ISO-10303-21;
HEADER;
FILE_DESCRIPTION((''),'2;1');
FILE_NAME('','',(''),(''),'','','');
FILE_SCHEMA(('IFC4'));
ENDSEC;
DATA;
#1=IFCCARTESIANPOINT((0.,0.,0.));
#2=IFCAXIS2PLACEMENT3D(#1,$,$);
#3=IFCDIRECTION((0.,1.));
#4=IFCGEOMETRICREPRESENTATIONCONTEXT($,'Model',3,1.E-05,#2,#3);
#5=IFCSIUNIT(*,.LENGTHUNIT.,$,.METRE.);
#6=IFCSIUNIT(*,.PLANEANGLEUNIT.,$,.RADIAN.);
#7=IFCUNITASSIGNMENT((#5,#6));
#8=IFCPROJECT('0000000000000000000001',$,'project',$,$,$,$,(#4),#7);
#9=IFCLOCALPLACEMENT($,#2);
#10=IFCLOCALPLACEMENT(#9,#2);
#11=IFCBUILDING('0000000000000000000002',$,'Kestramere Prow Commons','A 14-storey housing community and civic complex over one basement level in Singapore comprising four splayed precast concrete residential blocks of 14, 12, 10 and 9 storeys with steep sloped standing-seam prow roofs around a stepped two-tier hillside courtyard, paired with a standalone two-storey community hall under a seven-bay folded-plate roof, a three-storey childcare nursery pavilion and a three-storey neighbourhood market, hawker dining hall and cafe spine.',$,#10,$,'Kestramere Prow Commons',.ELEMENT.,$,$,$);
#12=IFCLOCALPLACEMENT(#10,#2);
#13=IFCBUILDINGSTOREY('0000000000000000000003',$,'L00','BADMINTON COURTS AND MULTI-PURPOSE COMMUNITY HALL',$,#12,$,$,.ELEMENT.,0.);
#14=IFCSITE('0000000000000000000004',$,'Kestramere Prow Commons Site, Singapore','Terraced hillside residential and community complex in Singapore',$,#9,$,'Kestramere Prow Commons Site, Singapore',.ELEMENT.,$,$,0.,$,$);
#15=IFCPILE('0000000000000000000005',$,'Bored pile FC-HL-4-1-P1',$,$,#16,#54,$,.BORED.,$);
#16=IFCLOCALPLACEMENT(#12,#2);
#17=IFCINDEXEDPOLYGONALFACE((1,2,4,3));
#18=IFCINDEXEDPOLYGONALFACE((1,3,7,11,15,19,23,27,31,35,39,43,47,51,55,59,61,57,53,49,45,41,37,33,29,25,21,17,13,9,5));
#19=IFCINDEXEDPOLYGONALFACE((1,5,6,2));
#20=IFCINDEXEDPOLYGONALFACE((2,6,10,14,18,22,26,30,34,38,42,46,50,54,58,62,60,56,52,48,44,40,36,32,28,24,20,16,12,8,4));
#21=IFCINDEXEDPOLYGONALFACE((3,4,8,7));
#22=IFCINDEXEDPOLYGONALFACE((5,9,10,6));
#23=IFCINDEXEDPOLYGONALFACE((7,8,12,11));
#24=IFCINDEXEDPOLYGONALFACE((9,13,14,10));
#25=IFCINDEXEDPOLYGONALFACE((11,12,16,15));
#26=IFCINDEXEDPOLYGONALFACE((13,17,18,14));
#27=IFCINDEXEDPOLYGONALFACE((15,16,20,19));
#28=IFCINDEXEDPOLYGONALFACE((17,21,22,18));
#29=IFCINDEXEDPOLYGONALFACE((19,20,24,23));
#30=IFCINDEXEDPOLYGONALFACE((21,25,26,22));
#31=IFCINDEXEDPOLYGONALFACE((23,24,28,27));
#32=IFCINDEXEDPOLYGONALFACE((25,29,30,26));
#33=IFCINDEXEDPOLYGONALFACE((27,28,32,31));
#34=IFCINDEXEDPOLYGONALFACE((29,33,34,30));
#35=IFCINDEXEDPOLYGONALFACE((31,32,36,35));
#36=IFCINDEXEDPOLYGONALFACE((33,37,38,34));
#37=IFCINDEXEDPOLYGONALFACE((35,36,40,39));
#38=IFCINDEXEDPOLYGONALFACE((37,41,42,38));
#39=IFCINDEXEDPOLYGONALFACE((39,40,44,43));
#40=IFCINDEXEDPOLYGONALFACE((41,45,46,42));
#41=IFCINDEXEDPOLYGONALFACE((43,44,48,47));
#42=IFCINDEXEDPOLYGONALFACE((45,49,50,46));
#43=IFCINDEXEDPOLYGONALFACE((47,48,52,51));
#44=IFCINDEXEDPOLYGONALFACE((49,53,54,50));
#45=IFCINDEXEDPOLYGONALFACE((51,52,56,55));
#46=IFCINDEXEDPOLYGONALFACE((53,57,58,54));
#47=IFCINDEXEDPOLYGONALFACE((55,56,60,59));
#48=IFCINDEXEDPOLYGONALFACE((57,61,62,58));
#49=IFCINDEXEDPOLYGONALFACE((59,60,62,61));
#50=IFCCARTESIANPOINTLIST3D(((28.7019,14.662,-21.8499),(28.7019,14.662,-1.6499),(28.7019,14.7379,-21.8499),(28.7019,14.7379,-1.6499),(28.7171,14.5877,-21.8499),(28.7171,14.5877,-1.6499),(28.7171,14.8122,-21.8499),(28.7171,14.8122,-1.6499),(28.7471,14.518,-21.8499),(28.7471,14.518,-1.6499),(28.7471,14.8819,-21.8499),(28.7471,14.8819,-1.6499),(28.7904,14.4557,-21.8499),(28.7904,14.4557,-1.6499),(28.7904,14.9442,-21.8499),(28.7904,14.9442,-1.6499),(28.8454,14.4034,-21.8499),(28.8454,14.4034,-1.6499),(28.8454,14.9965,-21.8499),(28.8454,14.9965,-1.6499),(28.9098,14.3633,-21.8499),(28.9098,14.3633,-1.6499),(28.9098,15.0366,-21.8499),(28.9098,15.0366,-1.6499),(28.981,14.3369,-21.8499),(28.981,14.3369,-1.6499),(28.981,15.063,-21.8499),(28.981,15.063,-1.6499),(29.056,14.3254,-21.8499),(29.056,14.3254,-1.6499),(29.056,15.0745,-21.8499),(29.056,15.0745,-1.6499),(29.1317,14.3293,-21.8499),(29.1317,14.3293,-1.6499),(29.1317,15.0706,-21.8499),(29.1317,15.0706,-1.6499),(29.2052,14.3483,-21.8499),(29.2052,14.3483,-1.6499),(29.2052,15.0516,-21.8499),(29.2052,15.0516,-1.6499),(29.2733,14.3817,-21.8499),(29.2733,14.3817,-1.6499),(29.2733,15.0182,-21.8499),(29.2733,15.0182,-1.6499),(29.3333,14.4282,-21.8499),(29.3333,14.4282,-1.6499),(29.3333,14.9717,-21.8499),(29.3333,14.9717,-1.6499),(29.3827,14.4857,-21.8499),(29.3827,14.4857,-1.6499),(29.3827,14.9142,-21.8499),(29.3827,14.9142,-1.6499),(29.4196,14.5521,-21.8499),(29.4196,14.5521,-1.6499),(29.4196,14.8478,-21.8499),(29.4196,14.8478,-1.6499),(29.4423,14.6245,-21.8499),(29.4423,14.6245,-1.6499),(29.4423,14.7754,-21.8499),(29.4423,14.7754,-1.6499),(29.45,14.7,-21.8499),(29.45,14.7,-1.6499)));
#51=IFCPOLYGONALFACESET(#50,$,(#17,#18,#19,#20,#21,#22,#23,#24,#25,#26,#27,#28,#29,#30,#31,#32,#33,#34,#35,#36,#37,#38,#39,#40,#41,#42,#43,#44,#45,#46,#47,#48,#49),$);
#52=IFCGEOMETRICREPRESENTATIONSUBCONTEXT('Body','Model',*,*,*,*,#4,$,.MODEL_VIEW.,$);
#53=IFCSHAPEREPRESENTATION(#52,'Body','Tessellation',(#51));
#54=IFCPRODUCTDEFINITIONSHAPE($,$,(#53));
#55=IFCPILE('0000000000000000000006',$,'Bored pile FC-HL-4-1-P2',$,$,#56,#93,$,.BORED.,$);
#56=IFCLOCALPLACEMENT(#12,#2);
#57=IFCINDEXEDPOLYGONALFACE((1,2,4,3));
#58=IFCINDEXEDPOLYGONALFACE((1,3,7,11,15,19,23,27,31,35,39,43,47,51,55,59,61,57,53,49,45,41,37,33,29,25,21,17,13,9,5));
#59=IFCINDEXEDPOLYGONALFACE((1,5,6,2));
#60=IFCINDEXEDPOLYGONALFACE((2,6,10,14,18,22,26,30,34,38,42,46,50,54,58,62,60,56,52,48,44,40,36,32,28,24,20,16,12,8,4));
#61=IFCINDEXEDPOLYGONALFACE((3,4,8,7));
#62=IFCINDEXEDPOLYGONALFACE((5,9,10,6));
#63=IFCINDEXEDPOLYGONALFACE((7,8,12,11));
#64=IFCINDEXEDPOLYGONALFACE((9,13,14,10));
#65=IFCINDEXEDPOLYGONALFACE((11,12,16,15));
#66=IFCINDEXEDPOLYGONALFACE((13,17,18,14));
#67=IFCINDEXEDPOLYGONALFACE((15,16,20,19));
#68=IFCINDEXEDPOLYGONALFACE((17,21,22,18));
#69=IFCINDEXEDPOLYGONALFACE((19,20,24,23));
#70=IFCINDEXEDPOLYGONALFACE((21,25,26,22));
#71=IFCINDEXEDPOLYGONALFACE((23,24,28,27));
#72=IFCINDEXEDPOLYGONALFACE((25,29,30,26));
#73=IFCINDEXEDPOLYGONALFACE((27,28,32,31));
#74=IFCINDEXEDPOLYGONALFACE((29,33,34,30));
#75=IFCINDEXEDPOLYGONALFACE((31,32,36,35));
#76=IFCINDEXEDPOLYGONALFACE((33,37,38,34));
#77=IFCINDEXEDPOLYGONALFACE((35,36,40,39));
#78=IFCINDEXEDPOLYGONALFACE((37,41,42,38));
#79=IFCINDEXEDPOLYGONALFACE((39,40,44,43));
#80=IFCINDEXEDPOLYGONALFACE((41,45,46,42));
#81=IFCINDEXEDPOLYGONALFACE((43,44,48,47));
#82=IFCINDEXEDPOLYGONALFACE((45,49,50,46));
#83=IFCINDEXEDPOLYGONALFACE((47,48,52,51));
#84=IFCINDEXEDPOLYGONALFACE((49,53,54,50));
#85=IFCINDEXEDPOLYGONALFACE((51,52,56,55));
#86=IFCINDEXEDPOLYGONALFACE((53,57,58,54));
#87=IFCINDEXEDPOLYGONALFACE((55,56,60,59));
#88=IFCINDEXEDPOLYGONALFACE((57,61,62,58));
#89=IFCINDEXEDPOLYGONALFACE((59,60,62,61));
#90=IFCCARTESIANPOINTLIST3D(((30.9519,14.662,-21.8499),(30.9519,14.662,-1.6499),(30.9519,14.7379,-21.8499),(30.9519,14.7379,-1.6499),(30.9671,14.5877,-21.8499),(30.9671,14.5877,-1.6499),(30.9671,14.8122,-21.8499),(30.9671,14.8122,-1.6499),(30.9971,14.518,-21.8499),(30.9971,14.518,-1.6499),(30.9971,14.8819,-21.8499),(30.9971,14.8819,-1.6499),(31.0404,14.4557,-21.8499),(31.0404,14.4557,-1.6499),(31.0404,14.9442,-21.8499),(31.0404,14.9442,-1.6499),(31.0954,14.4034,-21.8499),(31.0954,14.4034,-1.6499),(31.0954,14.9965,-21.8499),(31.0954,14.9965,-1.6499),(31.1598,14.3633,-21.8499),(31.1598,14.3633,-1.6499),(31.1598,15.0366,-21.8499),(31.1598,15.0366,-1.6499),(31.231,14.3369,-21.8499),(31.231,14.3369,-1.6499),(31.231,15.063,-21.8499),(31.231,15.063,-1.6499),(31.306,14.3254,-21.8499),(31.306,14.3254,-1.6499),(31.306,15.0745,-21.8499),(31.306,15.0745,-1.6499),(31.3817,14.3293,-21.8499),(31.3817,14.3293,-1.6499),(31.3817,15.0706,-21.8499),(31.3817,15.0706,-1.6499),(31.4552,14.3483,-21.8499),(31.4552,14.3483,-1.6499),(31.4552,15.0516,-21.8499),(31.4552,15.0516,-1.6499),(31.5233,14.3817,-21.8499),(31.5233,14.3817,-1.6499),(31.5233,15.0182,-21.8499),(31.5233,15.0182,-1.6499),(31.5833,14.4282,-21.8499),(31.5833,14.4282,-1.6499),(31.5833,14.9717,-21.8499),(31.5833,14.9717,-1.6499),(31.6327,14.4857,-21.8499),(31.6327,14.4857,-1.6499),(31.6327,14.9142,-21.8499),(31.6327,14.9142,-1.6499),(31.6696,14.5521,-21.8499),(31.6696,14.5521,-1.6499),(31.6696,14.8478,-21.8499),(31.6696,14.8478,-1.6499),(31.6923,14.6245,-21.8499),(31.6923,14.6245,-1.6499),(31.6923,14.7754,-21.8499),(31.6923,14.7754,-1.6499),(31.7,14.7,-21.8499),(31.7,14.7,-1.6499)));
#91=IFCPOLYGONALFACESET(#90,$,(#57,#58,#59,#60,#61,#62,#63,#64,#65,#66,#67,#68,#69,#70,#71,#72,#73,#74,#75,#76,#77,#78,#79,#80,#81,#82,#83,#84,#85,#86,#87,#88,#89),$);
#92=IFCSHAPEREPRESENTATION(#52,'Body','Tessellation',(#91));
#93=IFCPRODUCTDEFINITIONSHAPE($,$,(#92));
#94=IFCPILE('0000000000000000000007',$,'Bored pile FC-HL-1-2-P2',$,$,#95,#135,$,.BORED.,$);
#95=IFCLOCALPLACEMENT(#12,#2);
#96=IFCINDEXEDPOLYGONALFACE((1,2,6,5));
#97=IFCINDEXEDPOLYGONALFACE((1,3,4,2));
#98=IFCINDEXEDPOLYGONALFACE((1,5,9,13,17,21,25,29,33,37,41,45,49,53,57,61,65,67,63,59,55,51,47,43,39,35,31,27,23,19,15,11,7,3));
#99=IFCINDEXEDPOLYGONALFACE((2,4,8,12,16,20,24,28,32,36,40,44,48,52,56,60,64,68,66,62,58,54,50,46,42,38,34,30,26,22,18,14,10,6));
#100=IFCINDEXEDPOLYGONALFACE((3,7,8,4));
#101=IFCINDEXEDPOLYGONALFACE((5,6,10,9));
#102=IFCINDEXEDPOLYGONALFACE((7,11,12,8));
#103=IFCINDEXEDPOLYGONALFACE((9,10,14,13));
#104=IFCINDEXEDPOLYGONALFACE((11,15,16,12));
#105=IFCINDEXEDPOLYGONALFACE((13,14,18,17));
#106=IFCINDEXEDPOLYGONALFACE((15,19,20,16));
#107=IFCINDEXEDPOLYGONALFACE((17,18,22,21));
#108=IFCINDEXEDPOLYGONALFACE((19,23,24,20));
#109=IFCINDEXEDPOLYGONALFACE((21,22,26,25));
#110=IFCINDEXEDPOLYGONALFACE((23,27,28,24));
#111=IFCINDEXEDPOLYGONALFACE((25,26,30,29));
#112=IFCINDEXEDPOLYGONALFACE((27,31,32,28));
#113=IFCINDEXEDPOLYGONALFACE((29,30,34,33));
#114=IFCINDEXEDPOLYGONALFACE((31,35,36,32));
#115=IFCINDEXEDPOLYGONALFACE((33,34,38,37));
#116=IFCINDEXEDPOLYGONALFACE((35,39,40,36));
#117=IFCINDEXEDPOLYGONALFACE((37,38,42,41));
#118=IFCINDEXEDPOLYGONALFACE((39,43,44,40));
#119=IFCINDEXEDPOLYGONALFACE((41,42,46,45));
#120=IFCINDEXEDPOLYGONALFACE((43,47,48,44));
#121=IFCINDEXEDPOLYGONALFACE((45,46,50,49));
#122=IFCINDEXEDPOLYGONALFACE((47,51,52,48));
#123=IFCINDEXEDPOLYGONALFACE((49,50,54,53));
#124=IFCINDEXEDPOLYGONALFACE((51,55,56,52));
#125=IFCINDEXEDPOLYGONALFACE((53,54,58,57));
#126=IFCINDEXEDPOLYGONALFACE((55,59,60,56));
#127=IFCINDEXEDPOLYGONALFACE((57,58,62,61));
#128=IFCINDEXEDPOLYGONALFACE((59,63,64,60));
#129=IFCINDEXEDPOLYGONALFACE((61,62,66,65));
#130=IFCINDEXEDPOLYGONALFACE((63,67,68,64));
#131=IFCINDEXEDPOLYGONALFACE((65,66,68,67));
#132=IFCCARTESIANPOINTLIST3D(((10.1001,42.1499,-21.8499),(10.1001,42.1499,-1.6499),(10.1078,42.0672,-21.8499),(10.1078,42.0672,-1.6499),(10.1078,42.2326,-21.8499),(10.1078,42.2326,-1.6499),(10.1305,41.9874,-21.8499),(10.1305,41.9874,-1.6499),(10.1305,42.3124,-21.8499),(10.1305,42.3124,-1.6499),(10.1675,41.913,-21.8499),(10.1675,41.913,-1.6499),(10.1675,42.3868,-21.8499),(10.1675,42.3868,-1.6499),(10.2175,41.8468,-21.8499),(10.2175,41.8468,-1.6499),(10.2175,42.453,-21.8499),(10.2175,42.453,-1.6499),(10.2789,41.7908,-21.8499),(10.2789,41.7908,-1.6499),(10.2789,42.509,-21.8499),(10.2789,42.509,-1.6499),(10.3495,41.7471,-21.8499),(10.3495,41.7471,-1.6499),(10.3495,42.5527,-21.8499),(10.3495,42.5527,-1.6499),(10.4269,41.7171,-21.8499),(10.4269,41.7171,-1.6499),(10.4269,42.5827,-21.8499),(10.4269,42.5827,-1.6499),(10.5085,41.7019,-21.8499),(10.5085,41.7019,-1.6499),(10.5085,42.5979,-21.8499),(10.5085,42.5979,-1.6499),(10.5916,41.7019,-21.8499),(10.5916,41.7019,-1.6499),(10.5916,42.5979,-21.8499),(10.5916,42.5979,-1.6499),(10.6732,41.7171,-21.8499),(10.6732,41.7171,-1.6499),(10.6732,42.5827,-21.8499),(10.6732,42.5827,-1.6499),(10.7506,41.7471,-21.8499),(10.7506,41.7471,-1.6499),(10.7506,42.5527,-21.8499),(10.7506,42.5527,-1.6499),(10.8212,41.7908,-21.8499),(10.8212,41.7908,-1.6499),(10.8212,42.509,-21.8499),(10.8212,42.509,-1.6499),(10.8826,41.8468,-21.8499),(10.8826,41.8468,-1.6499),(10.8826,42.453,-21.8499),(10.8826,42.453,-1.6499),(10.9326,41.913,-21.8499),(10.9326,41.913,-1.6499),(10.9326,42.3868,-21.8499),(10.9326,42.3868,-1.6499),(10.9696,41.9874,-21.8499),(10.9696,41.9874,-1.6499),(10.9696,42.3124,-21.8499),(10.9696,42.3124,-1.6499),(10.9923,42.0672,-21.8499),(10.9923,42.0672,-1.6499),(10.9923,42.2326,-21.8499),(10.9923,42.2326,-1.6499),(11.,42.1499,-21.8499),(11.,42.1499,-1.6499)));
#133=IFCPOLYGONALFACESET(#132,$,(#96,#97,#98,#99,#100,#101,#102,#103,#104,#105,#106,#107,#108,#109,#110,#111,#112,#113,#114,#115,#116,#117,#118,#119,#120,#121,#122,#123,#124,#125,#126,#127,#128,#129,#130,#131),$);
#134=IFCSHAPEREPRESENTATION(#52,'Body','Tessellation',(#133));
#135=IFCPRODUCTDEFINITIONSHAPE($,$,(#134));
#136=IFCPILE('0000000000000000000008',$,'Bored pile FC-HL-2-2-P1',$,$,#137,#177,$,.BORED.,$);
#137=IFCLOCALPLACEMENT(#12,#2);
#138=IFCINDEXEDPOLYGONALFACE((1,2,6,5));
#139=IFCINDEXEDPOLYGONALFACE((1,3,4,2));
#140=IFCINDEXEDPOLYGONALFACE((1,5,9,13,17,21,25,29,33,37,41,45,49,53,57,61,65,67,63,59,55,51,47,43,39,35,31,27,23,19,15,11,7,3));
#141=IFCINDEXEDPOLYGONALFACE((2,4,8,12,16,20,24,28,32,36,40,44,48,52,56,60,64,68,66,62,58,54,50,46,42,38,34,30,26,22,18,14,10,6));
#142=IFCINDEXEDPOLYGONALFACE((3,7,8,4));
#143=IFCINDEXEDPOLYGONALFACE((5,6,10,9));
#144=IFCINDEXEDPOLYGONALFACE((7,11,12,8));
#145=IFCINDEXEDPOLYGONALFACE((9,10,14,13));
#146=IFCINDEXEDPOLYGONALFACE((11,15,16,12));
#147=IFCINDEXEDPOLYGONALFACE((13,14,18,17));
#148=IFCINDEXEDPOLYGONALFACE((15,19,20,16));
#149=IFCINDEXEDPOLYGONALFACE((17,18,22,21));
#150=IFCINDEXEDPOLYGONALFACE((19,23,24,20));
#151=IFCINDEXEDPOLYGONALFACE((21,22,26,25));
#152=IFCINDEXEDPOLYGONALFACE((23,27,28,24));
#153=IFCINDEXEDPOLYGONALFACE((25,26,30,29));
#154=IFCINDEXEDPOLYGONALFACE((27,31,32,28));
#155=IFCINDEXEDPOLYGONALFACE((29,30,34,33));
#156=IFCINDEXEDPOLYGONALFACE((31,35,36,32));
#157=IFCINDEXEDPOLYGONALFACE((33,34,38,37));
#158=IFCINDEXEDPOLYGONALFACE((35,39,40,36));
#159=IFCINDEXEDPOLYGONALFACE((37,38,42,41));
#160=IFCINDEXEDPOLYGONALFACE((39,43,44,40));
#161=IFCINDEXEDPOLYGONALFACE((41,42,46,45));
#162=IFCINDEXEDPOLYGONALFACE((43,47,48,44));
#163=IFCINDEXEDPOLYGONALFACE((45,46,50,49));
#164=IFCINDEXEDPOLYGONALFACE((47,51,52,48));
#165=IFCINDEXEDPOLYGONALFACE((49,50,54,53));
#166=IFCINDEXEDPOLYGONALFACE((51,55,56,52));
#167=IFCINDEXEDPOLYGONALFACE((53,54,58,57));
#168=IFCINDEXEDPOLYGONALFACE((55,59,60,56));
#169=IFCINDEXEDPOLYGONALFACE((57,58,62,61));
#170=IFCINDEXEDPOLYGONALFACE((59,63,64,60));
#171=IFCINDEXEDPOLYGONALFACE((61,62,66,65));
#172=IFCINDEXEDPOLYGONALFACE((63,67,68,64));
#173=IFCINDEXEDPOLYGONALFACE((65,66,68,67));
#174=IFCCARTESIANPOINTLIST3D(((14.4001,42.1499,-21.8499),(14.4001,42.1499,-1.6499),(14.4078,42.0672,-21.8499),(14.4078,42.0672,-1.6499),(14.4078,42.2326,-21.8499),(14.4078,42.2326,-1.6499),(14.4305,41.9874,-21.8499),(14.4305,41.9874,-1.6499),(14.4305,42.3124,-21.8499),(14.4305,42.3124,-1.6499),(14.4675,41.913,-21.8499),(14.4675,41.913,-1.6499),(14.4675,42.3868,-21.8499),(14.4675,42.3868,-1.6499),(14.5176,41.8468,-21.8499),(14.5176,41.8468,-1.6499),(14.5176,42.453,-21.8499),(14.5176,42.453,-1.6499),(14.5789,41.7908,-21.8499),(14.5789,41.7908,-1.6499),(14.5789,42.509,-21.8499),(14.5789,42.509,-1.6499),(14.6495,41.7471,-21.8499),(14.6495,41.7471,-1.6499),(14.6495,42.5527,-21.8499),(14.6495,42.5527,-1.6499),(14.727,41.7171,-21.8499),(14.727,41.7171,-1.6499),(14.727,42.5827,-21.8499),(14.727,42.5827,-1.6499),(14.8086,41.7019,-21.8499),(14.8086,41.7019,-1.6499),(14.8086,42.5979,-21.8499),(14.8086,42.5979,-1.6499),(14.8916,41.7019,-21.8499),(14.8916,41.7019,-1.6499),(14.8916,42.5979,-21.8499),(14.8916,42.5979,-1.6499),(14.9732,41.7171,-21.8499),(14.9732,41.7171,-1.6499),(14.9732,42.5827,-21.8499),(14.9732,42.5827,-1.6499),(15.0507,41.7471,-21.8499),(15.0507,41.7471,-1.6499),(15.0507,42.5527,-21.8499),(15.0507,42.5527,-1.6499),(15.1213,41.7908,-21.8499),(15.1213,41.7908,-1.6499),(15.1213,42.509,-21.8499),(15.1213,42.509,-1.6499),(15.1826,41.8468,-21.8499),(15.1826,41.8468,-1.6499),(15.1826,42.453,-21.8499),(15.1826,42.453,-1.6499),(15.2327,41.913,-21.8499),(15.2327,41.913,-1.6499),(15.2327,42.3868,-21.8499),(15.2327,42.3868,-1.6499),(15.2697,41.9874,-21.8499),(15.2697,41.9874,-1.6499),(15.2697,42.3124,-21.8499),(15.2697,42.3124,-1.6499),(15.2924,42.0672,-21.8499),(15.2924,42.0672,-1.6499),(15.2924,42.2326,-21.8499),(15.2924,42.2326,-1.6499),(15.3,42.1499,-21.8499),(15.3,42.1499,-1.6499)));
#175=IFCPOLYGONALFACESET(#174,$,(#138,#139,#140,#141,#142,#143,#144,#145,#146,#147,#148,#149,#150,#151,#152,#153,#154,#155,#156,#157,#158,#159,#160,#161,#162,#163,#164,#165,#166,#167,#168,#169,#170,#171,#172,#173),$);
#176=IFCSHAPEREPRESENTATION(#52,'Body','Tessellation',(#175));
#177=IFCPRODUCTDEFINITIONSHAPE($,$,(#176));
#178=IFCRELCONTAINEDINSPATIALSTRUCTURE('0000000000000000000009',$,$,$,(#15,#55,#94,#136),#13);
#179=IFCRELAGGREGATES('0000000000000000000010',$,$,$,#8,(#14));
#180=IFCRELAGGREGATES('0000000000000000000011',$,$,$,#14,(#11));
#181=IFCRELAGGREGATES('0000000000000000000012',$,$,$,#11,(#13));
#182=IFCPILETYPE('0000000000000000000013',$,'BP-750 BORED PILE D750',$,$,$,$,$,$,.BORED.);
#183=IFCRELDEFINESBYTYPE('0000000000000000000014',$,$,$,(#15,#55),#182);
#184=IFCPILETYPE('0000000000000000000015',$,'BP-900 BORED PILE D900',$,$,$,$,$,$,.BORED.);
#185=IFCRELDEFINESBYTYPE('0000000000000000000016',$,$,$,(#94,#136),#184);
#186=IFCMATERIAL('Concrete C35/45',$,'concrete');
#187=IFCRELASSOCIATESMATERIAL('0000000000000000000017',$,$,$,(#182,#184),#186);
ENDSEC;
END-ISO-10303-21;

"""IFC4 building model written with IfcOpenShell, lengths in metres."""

from ifc_helpers import new_model, si_unit, direction, frame, origin, origin_2d, place, context, subcontext, project, spatial, circle, extrude, material, material_profile, profile_set, type_object, element, save


model = new_model("IFC4")

# Units and contexts
model_context = context("Model", 3, precision=1e-05, world=origin(), true_north=direction((0.0, 1.0)))
body_context = subcontext(model_context, "Body", "Model", "MODEL_VIEW")
ifc_project = project(units=[si_unit("LENGTHUNIT", "METRE"), si_unit("PLANEANGLEUNIT", "RADIAN")], contexts=[model_context])

# Site, building, storey
site_placement = place(None, origin())
site = spatial("IfcSite", under=ifc_project, at=site_placement, Name="Kestramere Prow Commons Site, Singapore", Description="Terraced hillside residential and community complex in Singapore", LongName="Kestramere Prow Commons Site, Singapore", CompositionType="ELEMENT", RefElevation=0.0)
building_placement = place(site_placement, origin())
building = spatial("IfcBuilding", under=site, at=building_placement, Name="Kestramere Prow Commons", Description="A 14-storey housing community and civic complex over one basement level in Singapore comprising four splayed precast concrete residential blocks of 14, 12, 10 and 9 storeys with steep sloped standing-seam prow roofs around a stepped two-tier hillside courtyard, paired with a standalone two-storey community hall under a seven-bay folded-plate roof, a three-storey childcare nursery pavilion and a three-storey neighbourhood market, hawker dining hall and cafe spine.", LongName="Kestramere Prow Commons", CompositionType="ELEMENT")
storey_placement = place(building_placement, origin())
storey = spatial("IfcBuildingStorey", under=building, at=storey_placement, Name="L00", Description="BADMINTON COURTS AND MULTI-PURPOSE COMMUNITY HALL", CompositionType="ELEMENT", Elevation=0.0)

# Piles
ifc_material_1 = material(Name="Concrete C35/45", Category="concrete")
ifc_material_profile_1 = material_profile(ifc_material_1, circle(Radius=0.375, at=origin_2d()), Name="BORED PILE D750")
ifc_profile_set_1 = profile_set([ifc_material_profile_1], Name="Concrete C35/45")
pile_type_1 = type_object("IfcPileType", Name="BP-750 BORED PILE D750", PredefinedType="BORED", material=ifc_profile_set_1)
for number, where, z_axis, x_axis, name in (
    (1, (29.075, 14.7, -1.6499), (0.0, 0.0, -1.0), (1.0, 0.0, 0.0), "Bored pile FC-HL-4-1-P1"),
    (2, (31.325, 14.7, -1.6499), (0.0, 0.0, -1.0), (1.0, 0.0, 0.0), "Bored pile FC-HL-4-1-P2"),
):
    element("IfcPile", number, at=place(storey_placement, frame(where, z_axis=z_axis, x_axis=x_axis)), inside=storey, type_object=pile_type_1, Name=name, PredefinedType="BORED", context=body_context, shape_type="SweptSolid", body=[
        extrude(circle(Radius=0.375, at=origin_2d()), origin(), (0.0, 0.0, 1.0), 20.2),
    ])
ifc_material_profile_2 = material_profile(ifc_material_1, circle(Radius=0.45, at=origin_2d()), Name="BORED PILE D900")
ifc_profile_set_2 = profile_set([ifc_material_profile_2], Name="Concrete C35/45")
pile_type_2 = type_object("IfcPileType", Name="BP-900 BORED PILE D900", PredefinedType="BORED", material=ifc_profile_set_2)
for number, where, z_axis, x_axis, name in (
    (3, (10.55, 42.1499, -1.6499), (0.0, 0.0, -1.0), (1.0, 0.0, 0.0), "Bored pile FC-HL-1-2-P2"),
    (4, (14.8501, 42.1499, -1.6499), (0.0, 0.0, -1.0), (1.0, 0.0, 0.0), "Bored pile FC-HL-2-2-P1"),
):
    element("IfcPile", number, at=place(storey_placement, frame(where, z_axis=z_axis, x_axis=x_axis)), inside=storey, type_object=pile_type_2, Name=name, PredefinedType="BORED", context=body_context, shape_type="SweptSolid", body=[
        extrude(circle(Radius=0.45, at=origin_2d()), origin(), (0.0, 0.0, 1.0), 20.2),
    ])

save(model, "model.ifc")
